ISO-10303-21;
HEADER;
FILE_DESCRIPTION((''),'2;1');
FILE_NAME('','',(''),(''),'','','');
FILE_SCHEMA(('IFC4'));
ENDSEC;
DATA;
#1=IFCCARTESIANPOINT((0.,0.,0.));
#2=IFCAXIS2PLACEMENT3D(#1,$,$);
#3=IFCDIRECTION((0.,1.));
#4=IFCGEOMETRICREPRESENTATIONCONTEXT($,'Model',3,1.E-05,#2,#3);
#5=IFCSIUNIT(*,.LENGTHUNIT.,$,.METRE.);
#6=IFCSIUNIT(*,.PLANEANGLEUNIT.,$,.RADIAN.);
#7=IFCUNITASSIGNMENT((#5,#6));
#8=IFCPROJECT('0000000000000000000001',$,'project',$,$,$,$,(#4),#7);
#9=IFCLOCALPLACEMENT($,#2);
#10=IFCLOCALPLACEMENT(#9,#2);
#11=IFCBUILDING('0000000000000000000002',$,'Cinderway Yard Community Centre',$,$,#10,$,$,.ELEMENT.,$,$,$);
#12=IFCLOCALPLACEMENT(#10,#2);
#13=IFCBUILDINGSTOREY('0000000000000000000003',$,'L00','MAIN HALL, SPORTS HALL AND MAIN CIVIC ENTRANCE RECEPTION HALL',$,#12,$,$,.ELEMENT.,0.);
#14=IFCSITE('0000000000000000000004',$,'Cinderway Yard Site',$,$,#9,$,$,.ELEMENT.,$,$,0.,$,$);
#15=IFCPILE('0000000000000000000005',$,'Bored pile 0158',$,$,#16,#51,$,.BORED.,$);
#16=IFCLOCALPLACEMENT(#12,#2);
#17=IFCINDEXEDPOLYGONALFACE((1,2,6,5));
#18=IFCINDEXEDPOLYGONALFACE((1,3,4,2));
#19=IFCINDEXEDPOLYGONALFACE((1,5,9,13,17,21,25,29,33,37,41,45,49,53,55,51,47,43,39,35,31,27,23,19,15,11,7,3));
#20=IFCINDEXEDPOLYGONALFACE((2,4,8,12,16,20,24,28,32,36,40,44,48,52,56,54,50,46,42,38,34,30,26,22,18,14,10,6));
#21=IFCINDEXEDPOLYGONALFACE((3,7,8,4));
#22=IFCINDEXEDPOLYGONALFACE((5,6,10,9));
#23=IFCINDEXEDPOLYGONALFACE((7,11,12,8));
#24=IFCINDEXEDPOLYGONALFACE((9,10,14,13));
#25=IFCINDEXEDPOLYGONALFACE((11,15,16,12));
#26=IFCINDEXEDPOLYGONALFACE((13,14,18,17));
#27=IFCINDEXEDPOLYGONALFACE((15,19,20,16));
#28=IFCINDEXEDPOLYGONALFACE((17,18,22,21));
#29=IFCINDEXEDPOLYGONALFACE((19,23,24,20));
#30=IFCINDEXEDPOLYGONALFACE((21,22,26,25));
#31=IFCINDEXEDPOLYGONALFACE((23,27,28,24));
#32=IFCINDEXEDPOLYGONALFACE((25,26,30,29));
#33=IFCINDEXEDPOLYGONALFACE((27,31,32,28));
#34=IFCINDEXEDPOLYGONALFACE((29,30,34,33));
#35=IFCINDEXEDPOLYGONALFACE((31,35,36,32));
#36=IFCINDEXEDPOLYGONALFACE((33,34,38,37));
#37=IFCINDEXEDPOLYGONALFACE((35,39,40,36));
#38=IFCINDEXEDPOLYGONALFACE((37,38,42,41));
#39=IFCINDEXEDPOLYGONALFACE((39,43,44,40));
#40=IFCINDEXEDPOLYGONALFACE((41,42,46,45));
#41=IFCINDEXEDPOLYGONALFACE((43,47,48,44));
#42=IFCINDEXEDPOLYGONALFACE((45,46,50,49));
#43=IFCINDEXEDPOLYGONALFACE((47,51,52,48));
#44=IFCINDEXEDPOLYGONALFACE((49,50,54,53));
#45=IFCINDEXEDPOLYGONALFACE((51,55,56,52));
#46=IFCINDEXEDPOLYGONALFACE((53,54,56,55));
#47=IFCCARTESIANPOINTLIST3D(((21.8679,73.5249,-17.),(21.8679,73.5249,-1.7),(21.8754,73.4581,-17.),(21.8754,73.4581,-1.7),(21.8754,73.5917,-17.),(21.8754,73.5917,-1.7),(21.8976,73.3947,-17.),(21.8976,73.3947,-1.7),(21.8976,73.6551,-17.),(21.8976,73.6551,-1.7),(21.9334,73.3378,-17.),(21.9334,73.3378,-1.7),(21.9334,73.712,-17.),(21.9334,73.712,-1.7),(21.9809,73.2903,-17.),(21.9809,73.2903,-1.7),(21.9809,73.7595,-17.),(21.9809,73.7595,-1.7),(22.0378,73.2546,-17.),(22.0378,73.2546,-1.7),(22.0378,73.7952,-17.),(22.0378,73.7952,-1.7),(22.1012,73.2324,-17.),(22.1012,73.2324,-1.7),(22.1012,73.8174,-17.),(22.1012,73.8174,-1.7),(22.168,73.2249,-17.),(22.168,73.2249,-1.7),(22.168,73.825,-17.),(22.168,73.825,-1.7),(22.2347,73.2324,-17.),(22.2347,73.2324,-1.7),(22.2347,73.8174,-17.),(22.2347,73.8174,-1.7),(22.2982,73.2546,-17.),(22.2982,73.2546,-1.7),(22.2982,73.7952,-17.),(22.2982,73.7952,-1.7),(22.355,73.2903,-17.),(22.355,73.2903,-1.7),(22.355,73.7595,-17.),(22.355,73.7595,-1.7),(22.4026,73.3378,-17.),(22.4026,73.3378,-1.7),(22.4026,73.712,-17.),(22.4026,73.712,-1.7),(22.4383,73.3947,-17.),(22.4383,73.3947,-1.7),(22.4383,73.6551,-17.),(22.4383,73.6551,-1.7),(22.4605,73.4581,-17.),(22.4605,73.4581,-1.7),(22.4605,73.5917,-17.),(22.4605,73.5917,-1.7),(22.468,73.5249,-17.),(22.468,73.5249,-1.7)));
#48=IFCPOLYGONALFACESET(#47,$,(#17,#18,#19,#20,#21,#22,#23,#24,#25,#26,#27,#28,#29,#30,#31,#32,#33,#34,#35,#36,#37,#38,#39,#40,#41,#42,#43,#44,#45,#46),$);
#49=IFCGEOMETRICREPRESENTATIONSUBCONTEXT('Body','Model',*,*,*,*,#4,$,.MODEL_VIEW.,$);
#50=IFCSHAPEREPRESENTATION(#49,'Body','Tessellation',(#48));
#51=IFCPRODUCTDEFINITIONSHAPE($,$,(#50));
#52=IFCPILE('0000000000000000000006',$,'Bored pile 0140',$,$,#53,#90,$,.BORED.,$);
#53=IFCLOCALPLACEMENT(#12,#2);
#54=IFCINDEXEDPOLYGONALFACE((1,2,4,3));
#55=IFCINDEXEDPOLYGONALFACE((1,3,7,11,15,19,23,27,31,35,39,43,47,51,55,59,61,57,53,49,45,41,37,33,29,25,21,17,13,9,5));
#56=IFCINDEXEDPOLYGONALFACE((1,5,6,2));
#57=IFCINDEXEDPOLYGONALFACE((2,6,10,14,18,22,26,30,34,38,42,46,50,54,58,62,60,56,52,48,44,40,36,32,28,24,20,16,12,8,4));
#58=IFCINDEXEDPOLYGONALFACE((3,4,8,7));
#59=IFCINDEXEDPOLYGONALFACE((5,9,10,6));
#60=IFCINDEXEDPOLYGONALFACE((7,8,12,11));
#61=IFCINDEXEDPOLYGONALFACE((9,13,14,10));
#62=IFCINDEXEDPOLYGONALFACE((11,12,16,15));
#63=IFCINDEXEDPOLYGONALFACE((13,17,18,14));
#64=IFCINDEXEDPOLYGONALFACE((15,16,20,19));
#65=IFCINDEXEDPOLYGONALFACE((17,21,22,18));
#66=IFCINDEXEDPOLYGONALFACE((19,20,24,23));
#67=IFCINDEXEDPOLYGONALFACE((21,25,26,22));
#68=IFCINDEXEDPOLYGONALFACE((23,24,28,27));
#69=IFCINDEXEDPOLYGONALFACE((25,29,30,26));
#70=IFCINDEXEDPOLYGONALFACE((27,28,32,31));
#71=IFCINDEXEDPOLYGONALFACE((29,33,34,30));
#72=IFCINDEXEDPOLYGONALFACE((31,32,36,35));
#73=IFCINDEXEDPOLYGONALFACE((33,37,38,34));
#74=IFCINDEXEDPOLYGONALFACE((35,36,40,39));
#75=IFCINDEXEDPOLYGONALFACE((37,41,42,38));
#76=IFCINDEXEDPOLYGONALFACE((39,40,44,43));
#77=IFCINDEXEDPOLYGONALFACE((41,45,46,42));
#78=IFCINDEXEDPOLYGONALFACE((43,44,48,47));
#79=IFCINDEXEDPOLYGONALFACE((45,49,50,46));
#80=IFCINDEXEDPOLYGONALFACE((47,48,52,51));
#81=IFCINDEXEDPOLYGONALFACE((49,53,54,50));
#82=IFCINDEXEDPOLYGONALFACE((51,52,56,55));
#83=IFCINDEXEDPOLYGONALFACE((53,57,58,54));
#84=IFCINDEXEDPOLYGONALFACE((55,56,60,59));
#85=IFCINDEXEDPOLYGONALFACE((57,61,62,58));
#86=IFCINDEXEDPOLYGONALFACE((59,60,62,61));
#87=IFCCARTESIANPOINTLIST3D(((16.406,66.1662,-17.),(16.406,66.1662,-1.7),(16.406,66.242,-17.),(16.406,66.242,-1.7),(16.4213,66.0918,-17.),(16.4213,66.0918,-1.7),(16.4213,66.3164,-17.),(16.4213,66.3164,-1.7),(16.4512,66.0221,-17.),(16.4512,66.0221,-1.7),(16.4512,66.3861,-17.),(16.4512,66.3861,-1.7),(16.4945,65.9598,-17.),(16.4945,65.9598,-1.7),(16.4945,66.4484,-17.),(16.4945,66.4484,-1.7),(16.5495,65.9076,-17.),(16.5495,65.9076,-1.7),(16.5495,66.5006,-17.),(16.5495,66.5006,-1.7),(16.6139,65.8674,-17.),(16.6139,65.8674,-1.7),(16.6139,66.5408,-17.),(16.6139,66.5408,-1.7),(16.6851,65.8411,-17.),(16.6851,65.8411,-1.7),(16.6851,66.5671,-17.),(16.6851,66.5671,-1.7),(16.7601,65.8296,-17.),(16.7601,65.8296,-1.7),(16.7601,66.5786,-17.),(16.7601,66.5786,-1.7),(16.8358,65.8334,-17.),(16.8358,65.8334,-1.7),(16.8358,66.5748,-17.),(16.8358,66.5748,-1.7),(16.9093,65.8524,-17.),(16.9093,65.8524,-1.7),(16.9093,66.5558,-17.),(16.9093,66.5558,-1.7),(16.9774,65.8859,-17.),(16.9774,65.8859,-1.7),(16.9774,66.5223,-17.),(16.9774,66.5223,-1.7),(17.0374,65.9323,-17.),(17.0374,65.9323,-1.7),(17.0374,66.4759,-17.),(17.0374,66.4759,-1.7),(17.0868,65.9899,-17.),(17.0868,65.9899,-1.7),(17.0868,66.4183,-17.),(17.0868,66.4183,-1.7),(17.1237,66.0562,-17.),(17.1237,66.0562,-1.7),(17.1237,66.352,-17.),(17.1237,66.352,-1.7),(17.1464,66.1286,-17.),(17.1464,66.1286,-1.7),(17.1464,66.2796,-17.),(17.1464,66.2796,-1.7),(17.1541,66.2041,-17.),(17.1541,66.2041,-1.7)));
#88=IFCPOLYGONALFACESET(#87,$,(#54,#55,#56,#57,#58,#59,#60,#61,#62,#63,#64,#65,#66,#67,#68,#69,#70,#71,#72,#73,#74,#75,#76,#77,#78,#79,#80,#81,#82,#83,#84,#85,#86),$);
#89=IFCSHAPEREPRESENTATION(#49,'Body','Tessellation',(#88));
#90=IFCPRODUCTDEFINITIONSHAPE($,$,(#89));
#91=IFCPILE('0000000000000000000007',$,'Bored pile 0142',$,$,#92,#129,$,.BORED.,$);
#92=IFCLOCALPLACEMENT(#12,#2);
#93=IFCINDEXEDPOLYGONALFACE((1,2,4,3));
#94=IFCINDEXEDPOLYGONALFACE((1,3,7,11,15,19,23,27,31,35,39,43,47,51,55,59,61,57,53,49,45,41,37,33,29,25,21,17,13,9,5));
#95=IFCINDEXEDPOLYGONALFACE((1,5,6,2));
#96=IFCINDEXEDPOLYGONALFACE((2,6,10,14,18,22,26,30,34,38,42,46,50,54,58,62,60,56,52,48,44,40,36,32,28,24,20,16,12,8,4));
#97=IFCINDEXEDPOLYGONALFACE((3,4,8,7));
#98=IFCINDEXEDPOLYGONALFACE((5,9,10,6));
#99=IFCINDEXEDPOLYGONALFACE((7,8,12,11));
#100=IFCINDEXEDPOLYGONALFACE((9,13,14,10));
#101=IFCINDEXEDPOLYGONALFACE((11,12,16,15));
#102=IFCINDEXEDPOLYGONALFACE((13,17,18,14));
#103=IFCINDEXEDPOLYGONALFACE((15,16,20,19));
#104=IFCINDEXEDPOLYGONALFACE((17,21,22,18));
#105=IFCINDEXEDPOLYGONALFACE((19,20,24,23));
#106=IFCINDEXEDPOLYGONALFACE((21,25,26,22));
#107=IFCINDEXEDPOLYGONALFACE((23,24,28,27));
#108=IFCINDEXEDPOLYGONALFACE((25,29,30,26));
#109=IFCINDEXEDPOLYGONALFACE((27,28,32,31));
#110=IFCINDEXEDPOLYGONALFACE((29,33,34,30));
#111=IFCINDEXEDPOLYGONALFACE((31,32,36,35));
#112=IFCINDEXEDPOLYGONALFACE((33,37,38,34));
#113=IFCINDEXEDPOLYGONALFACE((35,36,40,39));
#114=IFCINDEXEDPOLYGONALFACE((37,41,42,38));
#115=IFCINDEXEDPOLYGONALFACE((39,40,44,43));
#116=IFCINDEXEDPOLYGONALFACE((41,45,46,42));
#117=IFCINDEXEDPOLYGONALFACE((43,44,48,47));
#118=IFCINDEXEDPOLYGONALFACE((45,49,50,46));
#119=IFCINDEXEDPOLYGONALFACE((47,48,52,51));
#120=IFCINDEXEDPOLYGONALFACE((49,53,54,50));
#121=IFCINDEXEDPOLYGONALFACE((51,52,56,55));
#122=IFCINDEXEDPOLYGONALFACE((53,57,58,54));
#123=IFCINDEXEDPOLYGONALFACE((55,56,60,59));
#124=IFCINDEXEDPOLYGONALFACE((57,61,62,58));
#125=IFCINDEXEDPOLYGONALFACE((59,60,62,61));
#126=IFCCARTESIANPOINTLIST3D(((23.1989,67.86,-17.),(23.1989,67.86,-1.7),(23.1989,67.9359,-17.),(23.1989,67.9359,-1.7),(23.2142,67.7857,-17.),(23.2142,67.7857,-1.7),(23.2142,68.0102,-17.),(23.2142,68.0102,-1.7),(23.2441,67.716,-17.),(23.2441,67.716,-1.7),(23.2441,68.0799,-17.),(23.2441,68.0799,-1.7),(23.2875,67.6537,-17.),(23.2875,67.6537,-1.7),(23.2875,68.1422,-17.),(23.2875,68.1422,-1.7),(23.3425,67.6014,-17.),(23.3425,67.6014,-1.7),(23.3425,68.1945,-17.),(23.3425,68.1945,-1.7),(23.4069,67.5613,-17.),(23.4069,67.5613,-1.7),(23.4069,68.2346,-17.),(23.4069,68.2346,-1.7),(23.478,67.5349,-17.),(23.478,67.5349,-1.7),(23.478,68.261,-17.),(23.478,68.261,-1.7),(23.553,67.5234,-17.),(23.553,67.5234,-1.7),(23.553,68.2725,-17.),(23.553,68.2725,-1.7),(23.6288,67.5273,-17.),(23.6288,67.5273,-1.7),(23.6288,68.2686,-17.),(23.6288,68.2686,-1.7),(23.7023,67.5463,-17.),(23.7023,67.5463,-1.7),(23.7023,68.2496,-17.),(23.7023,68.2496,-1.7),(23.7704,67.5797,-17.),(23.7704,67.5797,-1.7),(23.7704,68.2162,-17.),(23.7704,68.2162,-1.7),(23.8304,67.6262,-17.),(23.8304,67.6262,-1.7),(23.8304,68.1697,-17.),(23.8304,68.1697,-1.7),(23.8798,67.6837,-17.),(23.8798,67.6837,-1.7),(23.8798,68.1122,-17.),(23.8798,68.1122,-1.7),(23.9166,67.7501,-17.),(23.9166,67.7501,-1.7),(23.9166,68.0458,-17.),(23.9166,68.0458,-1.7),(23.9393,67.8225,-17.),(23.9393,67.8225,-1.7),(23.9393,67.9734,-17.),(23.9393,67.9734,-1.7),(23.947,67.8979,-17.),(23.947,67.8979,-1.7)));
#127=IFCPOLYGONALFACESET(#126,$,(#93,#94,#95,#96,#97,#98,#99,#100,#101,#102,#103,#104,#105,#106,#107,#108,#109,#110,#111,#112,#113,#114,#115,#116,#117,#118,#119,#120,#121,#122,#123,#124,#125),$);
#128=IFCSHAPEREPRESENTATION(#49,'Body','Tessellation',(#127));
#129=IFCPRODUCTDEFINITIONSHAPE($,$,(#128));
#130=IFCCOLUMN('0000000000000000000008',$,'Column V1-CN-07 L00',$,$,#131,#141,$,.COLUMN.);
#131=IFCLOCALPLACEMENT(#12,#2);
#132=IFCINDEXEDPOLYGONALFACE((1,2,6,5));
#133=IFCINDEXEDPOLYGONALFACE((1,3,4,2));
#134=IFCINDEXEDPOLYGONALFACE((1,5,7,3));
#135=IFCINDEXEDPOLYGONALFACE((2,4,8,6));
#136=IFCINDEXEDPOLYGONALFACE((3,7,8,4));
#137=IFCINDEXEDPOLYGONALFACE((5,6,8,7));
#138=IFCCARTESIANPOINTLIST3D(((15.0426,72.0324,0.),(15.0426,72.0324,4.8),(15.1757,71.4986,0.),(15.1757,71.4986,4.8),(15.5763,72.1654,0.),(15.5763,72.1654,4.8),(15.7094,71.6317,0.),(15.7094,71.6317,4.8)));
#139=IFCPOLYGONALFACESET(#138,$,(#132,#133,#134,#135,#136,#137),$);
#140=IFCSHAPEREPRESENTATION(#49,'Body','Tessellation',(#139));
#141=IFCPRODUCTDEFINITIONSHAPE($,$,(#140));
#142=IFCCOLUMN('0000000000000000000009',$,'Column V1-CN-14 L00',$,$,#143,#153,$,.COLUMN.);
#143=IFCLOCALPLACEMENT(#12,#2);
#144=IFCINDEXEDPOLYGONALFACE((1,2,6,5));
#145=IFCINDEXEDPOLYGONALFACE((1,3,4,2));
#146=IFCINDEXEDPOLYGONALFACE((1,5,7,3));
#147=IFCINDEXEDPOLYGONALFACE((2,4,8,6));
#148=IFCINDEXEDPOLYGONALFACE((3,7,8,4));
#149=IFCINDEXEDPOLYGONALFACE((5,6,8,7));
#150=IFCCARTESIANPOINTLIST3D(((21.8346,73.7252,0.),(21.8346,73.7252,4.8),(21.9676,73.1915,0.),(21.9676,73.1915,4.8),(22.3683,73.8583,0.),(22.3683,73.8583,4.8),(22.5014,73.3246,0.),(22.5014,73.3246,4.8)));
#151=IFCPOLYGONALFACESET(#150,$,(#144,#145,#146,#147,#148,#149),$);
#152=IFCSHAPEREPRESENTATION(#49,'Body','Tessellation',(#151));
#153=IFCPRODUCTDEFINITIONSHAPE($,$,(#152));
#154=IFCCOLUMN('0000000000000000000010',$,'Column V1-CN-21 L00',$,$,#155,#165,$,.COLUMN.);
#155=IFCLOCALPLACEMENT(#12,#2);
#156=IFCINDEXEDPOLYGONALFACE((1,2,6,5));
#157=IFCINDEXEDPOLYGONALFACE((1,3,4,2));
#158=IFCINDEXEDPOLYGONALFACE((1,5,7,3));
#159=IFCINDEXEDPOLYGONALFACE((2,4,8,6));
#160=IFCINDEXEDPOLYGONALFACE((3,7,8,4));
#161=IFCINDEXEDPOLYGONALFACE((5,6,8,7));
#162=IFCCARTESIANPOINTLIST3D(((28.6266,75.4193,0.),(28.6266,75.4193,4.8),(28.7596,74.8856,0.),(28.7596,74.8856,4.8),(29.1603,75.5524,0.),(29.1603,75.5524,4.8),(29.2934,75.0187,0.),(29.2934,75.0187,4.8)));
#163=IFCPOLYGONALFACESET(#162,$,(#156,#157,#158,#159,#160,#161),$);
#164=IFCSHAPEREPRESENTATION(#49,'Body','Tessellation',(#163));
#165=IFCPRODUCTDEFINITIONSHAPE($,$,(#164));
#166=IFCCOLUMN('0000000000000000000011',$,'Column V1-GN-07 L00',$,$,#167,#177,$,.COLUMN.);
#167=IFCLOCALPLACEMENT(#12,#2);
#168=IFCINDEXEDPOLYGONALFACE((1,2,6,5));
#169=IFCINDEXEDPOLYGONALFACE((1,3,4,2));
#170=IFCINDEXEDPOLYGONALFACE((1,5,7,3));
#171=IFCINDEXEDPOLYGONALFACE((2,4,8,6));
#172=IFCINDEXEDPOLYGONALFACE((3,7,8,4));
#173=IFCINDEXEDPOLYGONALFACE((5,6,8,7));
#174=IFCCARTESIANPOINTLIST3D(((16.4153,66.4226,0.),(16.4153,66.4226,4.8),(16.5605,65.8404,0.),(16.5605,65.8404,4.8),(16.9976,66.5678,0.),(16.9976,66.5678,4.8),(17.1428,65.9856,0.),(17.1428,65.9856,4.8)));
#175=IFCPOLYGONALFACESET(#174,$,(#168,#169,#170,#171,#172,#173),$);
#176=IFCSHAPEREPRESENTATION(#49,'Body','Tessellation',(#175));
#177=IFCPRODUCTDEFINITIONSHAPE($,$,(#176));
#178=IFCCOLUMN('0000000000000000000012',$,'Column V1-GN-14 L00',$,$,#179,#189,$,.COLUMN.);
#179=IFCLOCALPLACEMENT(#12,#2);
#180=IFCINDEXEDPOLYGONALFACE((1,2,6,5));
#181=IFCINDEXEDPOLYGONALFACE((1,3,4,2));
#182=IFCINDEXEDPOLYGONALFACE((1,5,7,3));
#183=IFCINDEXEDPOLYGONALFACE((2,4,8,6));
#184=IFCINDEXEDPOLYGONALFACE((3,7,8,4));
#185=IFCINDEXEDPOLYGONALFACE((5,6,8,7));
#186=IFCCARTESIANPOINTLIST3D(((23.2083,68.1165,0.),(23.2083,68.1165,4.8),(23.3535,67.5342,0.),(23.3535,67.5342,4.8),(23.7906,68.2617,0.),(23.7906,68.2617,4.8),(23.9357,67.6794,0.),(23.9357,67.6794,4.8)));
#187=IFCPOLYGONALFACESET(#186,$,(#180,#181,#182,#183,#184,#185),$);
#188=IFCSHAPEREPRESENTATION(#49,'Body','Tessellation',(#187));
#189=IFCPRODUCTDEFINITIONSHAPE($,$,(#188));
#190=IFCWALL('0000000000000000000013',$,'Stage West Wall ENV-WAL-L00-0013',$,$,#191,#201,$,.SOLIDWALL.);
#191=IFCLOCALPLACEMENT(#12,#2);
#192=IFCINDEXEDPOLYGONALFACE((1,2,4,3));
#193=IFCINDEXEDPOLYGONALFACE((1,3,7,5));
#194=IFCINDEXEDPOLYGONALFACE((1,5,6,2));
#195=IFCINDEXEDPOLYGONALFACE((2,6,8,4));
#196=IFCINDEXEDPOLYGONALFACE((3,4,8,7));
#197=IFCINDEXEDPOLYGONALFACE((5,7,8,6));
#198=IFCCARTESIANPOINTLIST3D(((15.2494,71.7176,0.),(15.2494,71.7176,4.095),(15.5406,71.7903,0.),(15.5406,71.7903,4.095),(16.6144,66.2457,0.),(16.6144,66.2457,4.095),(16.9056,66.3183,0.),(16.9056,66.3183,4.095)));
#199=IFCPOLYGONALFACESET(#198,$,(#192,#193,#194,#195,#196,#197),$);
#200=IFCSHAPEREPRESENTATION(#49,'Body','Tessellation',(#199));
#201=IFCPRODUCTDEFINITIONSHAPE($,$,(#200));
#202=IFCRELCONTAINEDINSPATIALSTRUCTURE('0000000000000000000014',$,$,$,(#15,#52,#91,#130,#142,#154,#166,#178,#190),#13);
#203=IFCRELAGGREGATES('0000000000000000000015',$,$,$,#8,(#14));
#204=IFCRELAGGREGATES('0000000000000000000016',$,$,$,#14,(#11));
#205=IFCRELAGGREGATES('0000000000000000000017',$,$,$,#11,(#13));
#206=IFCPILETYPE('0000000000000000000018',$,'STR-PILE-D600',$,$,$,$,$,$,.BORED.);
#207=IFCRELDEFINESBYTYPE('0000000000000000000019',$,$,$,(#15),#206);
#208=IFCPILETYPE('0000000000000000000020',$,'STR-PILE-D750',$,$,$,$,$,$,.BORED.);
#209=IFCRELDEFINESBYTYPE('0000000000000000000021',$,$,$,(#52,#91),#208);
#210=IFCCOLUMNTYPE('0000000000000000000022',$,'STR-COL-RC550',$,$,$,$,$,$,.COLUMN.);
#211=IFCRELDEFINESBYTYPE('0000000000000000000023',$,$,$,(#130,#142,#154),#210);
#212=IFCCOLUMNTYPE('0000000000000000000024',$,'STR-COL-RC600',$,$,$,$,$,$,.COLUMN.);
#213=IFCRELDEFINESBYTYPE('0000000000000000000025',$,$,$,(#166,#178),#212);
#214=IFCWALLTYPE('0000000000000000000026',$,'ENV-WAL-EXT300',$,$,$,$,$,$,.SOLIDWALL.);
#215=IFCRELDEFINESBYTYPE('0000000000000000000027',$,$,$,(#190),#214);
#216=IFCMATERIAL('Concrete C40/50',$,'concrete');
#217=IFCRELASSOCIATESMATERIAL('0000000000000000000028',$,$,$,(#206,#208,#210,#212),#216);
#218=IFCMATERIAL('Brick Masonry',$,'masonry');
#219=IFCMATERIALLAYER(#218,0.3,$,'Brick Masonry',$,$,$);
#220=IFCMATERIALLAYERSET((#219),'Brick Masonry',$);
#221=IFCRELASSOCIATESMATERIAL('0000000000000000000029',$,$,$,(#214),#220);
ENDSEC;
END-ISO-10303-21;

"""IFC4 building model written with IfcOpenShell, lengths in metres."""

from ifc_helpers import new_model, si_unit, direction, frame, frame_2d, origin, origin_2d, place, context, subcontext, project, spatial, rectangle, circle, extrude, material, layer, layer_set, material_profile, profile_set, type_object, element, save


model = new_model("IFC4")

# Units and contexts
model_context = context("Model", 3, precision=1e-05, world=origin(), true_north=direction((0.0, 1.0)))
body_context = subcontext(model_context, "Body", "Model", "MODEL_VIEW")
ifc_project = project(units=[si_unit("LENGTHUNIT", "METRE"), si_unit("PLANEANGLEUNIT", "RADIAN")], contexts=[model_context])

# Site, building, storey
site_placement = place(None, origin())
site = spatial("IfcSite", under=ifc_project, at=site_placement, Name="Cinderway Yard Site", CompositionType="ELEMENT", RefElevation=0.0)
building_placement = place(site_placement, origin())
building = spatial("IfcBuilding", under=site, at=building_placement, Name="Cinderway Yard Community Centre", CompositionType="ELEMENT")
storey_placement = place(building_placement, origin())
storey = spatial("IfcBuildingStorey", under=building, at=storey_placement, Name="L00", Description="MAIN HALL, SPORTS HALL AND MAIN CIVIC ENTRANCE RECEPTION HALL", CompositionType="ELEMENT", Elevation=0.0)

# Shared definitions
ifc_material_1 = material(Name="Concrete C40/50", Category="concrete")

# Piles
ifc_material_profile_1 = material_profile(ifc_material_1, circle(Radius=0.3, at=origin_2d()), Name="Concrete C40/50")
ifc_profile_set_1 = profile_set([ifc_material_profile_1], Name="Concrete C40/50")
pile_type_1 = type_object("IfcPileType", Name="STR-PILE-D600", PredefinedType="BORED", material=ifc_profile_set_1)
for number, where, z_axis, x_axis, name in (
    (1, (22.168, 73.5249, -1.7), (0.0, 0.0, -1.0), (1.0, 0.0, 0.0), "Bored pile 0158"),
):
    element("IfcPile", number, at=place(storey_placement, frame(where, z_axis=z_axis, x_axis=x_axis)), inside=storey, type_object=pile_type_1, Name=name, PredefinedType="BORED", context=body_context, shape_type="SweptSolid", body=[
        extrude(circle(Radius=0.3, at=origin_2d()), origin(), (0.0, 0.0, 1.0), 15.3),
    ])
ifc_material_profile_2 = material_profile(ifc_material_1, circle(Radius=0.375, at=origin_2d()), Name="Concrete C40/50")
ifc_profile_set_2 = profile_set([ifc_material_profile_2], Name="Concrete C40/50")
pile_type_2 = type_object("IfcPileType", Name="STR-PILE-D750", PredefinedType="BORED", material=ifc_profile_set_2)
for number, where, z_axis, x_axis, name in (
    (2, (16.7791, 66.2041, -1.7), (0.0, 0.0, -1.0), (1.0, 0.0, 0.0), "Bored pile 0140"),
    (3, (23.572, 67.8979, -1.7), (0.0, 0.0, -1.0), (1.0, 0.0, 0.0), "Bored pile 0142"),
):
    element("IfcPile", number, at=place(storey_placement, frame(where, z_axis=z_axis, x_axis=x_axis)), inside=storey, type_object=pile_type_2, Name=name, PredefinedType="BORED", context=body_context, shape_type="SweptSolid", body=[
        extrude(circle(Radius=0.375, at=origin_2d()), origin(), (0.0, 0.0, 1.0), 15.3),
    ])

# Columns
ifc_material_profile_3 = material_profile(ifc_material_1, rectangle(XDim=0.55, YDim=0.55, at=origin_2d()), Name="Concrete C40/50")
ifc_profile_set_3 = profile_set([ifc_material_profile_3], Name="Concrete C40/50")
column_type_1 = type_object("IfcColumnType", Name="STR-COL-RC550", PredefinedType="COLUMN", material=ifc_profile_set_3)
for number, where, z_axis, x_axis, name in (
    (4, (15.376, 71.832, 0.0), (0.0, 0.0, 1.0), (0.970296, 0.241922, 0.0), "Column V1-CN-07 L00"),
    (5, (22.168, 73.5249, 0.0), (0.0, 0.0, 1.0), (0.970296, 0.241922, 0.0), "Column V1-CN-14 L00"),
    (6, (28.96, 75.219, 0.0), (0.0, 0.0, 1.0), (0.970296, 0.241922, 0.0), "Column V1-CN-21 L00"),
):
    element("IfcColumn", number, at=place(storey_placement, frame(where, z_axis=z_axis, x_axis=x_axis)), inside=storey, type_object=column_type_1, Name=name, PredefinedType="COLUMN", context=body_context, shape_type="SweptSolid", body=[
        extrude(rectangle(XDim=0.55, YDim=0.55, at=origin_2d()), origin(), (0.0, 0.0, 1.0), 4.8),
    ])
ifc_material_profile_4 = material_profile(ifc_material_1, rectangle(XDim=0.6001, YDim=0.6001, at=origin_2d()), Name="Concrete C40/50")
ifc_profile_set_4 = profile_set([ifc_material_profile_4], Name="Concrete C40/50")
column_type_2 = type_object("IfcColumnType", Name="STR-COL-RC600", PredefinedType="COLUMN", material=ifc_profile_set_4)
for number, where, z_axis, x_axis, name in (
    (7, (16.7791, 66.2041, 0.0), (0.0, 0.0, 1.0), (0.970296, 0.241922, 0.0), "Column V1-GN-07 L00"),
    (8, (23.572, 67.8979, 0.0), (0.0, 0.0, 1.0), (0.970296, 0.241922, 0.0), "Column V1-GN-14 L00"),
):
    element("IfcColumn", number, at=place(storey_placement, frame(where, z_axis=z_axis, x_axis=x_axis)), inside=storey, type_object=column_type_2, Name=name, PredefinedType="COLUMN", context=body_context, shape_type="SweptSolid", body=[
        extrude(rectangle(XDim=0.6001, YDim=0.6001, at=origin_2d()), origin(), (0.0, 0.0, 1.0), 4.8),
    ])

# Wall
ifc_material_2 = material(Name="Brick Masonry", Category="masonry")
ifc_layer_1 = layer(ifc_material_2, 0.3, Name="Brick Masonry")
ifc_layer_set_1 = layer_set([ifc_layer_1], Name="Brick Masonry")
wall_type_1 = type_object("IfcWallType", Name="ENV-WAL-EXT300", PredefinedType="SOLIDWALL", material=ifc_layer_set_1)
wall_1_placement = place(storey_placement, frame((16.76, 66.282, 0.0), z_axis=(0.0, 0.0, 1.0), x_axis=(-0.242036, 0.970267, 0.0)))
element("IfcWall", 9, at=wall_1_placement, inside=storey, type_object=wall_type_1, Name="Stage West Wall ENV-WAL-L00-0013", PredefinedType="SOLIDWALL", context=body_context, shape_type="SweptSolid", body=[
    extrude(rectangle(XDim=5.6396, YDim=0.3, at=frame_2d((2.8198, 0.0))), origin(), (0.0, 0.0, 1.0), 4.095),
])

save(model, "model.ifc")
